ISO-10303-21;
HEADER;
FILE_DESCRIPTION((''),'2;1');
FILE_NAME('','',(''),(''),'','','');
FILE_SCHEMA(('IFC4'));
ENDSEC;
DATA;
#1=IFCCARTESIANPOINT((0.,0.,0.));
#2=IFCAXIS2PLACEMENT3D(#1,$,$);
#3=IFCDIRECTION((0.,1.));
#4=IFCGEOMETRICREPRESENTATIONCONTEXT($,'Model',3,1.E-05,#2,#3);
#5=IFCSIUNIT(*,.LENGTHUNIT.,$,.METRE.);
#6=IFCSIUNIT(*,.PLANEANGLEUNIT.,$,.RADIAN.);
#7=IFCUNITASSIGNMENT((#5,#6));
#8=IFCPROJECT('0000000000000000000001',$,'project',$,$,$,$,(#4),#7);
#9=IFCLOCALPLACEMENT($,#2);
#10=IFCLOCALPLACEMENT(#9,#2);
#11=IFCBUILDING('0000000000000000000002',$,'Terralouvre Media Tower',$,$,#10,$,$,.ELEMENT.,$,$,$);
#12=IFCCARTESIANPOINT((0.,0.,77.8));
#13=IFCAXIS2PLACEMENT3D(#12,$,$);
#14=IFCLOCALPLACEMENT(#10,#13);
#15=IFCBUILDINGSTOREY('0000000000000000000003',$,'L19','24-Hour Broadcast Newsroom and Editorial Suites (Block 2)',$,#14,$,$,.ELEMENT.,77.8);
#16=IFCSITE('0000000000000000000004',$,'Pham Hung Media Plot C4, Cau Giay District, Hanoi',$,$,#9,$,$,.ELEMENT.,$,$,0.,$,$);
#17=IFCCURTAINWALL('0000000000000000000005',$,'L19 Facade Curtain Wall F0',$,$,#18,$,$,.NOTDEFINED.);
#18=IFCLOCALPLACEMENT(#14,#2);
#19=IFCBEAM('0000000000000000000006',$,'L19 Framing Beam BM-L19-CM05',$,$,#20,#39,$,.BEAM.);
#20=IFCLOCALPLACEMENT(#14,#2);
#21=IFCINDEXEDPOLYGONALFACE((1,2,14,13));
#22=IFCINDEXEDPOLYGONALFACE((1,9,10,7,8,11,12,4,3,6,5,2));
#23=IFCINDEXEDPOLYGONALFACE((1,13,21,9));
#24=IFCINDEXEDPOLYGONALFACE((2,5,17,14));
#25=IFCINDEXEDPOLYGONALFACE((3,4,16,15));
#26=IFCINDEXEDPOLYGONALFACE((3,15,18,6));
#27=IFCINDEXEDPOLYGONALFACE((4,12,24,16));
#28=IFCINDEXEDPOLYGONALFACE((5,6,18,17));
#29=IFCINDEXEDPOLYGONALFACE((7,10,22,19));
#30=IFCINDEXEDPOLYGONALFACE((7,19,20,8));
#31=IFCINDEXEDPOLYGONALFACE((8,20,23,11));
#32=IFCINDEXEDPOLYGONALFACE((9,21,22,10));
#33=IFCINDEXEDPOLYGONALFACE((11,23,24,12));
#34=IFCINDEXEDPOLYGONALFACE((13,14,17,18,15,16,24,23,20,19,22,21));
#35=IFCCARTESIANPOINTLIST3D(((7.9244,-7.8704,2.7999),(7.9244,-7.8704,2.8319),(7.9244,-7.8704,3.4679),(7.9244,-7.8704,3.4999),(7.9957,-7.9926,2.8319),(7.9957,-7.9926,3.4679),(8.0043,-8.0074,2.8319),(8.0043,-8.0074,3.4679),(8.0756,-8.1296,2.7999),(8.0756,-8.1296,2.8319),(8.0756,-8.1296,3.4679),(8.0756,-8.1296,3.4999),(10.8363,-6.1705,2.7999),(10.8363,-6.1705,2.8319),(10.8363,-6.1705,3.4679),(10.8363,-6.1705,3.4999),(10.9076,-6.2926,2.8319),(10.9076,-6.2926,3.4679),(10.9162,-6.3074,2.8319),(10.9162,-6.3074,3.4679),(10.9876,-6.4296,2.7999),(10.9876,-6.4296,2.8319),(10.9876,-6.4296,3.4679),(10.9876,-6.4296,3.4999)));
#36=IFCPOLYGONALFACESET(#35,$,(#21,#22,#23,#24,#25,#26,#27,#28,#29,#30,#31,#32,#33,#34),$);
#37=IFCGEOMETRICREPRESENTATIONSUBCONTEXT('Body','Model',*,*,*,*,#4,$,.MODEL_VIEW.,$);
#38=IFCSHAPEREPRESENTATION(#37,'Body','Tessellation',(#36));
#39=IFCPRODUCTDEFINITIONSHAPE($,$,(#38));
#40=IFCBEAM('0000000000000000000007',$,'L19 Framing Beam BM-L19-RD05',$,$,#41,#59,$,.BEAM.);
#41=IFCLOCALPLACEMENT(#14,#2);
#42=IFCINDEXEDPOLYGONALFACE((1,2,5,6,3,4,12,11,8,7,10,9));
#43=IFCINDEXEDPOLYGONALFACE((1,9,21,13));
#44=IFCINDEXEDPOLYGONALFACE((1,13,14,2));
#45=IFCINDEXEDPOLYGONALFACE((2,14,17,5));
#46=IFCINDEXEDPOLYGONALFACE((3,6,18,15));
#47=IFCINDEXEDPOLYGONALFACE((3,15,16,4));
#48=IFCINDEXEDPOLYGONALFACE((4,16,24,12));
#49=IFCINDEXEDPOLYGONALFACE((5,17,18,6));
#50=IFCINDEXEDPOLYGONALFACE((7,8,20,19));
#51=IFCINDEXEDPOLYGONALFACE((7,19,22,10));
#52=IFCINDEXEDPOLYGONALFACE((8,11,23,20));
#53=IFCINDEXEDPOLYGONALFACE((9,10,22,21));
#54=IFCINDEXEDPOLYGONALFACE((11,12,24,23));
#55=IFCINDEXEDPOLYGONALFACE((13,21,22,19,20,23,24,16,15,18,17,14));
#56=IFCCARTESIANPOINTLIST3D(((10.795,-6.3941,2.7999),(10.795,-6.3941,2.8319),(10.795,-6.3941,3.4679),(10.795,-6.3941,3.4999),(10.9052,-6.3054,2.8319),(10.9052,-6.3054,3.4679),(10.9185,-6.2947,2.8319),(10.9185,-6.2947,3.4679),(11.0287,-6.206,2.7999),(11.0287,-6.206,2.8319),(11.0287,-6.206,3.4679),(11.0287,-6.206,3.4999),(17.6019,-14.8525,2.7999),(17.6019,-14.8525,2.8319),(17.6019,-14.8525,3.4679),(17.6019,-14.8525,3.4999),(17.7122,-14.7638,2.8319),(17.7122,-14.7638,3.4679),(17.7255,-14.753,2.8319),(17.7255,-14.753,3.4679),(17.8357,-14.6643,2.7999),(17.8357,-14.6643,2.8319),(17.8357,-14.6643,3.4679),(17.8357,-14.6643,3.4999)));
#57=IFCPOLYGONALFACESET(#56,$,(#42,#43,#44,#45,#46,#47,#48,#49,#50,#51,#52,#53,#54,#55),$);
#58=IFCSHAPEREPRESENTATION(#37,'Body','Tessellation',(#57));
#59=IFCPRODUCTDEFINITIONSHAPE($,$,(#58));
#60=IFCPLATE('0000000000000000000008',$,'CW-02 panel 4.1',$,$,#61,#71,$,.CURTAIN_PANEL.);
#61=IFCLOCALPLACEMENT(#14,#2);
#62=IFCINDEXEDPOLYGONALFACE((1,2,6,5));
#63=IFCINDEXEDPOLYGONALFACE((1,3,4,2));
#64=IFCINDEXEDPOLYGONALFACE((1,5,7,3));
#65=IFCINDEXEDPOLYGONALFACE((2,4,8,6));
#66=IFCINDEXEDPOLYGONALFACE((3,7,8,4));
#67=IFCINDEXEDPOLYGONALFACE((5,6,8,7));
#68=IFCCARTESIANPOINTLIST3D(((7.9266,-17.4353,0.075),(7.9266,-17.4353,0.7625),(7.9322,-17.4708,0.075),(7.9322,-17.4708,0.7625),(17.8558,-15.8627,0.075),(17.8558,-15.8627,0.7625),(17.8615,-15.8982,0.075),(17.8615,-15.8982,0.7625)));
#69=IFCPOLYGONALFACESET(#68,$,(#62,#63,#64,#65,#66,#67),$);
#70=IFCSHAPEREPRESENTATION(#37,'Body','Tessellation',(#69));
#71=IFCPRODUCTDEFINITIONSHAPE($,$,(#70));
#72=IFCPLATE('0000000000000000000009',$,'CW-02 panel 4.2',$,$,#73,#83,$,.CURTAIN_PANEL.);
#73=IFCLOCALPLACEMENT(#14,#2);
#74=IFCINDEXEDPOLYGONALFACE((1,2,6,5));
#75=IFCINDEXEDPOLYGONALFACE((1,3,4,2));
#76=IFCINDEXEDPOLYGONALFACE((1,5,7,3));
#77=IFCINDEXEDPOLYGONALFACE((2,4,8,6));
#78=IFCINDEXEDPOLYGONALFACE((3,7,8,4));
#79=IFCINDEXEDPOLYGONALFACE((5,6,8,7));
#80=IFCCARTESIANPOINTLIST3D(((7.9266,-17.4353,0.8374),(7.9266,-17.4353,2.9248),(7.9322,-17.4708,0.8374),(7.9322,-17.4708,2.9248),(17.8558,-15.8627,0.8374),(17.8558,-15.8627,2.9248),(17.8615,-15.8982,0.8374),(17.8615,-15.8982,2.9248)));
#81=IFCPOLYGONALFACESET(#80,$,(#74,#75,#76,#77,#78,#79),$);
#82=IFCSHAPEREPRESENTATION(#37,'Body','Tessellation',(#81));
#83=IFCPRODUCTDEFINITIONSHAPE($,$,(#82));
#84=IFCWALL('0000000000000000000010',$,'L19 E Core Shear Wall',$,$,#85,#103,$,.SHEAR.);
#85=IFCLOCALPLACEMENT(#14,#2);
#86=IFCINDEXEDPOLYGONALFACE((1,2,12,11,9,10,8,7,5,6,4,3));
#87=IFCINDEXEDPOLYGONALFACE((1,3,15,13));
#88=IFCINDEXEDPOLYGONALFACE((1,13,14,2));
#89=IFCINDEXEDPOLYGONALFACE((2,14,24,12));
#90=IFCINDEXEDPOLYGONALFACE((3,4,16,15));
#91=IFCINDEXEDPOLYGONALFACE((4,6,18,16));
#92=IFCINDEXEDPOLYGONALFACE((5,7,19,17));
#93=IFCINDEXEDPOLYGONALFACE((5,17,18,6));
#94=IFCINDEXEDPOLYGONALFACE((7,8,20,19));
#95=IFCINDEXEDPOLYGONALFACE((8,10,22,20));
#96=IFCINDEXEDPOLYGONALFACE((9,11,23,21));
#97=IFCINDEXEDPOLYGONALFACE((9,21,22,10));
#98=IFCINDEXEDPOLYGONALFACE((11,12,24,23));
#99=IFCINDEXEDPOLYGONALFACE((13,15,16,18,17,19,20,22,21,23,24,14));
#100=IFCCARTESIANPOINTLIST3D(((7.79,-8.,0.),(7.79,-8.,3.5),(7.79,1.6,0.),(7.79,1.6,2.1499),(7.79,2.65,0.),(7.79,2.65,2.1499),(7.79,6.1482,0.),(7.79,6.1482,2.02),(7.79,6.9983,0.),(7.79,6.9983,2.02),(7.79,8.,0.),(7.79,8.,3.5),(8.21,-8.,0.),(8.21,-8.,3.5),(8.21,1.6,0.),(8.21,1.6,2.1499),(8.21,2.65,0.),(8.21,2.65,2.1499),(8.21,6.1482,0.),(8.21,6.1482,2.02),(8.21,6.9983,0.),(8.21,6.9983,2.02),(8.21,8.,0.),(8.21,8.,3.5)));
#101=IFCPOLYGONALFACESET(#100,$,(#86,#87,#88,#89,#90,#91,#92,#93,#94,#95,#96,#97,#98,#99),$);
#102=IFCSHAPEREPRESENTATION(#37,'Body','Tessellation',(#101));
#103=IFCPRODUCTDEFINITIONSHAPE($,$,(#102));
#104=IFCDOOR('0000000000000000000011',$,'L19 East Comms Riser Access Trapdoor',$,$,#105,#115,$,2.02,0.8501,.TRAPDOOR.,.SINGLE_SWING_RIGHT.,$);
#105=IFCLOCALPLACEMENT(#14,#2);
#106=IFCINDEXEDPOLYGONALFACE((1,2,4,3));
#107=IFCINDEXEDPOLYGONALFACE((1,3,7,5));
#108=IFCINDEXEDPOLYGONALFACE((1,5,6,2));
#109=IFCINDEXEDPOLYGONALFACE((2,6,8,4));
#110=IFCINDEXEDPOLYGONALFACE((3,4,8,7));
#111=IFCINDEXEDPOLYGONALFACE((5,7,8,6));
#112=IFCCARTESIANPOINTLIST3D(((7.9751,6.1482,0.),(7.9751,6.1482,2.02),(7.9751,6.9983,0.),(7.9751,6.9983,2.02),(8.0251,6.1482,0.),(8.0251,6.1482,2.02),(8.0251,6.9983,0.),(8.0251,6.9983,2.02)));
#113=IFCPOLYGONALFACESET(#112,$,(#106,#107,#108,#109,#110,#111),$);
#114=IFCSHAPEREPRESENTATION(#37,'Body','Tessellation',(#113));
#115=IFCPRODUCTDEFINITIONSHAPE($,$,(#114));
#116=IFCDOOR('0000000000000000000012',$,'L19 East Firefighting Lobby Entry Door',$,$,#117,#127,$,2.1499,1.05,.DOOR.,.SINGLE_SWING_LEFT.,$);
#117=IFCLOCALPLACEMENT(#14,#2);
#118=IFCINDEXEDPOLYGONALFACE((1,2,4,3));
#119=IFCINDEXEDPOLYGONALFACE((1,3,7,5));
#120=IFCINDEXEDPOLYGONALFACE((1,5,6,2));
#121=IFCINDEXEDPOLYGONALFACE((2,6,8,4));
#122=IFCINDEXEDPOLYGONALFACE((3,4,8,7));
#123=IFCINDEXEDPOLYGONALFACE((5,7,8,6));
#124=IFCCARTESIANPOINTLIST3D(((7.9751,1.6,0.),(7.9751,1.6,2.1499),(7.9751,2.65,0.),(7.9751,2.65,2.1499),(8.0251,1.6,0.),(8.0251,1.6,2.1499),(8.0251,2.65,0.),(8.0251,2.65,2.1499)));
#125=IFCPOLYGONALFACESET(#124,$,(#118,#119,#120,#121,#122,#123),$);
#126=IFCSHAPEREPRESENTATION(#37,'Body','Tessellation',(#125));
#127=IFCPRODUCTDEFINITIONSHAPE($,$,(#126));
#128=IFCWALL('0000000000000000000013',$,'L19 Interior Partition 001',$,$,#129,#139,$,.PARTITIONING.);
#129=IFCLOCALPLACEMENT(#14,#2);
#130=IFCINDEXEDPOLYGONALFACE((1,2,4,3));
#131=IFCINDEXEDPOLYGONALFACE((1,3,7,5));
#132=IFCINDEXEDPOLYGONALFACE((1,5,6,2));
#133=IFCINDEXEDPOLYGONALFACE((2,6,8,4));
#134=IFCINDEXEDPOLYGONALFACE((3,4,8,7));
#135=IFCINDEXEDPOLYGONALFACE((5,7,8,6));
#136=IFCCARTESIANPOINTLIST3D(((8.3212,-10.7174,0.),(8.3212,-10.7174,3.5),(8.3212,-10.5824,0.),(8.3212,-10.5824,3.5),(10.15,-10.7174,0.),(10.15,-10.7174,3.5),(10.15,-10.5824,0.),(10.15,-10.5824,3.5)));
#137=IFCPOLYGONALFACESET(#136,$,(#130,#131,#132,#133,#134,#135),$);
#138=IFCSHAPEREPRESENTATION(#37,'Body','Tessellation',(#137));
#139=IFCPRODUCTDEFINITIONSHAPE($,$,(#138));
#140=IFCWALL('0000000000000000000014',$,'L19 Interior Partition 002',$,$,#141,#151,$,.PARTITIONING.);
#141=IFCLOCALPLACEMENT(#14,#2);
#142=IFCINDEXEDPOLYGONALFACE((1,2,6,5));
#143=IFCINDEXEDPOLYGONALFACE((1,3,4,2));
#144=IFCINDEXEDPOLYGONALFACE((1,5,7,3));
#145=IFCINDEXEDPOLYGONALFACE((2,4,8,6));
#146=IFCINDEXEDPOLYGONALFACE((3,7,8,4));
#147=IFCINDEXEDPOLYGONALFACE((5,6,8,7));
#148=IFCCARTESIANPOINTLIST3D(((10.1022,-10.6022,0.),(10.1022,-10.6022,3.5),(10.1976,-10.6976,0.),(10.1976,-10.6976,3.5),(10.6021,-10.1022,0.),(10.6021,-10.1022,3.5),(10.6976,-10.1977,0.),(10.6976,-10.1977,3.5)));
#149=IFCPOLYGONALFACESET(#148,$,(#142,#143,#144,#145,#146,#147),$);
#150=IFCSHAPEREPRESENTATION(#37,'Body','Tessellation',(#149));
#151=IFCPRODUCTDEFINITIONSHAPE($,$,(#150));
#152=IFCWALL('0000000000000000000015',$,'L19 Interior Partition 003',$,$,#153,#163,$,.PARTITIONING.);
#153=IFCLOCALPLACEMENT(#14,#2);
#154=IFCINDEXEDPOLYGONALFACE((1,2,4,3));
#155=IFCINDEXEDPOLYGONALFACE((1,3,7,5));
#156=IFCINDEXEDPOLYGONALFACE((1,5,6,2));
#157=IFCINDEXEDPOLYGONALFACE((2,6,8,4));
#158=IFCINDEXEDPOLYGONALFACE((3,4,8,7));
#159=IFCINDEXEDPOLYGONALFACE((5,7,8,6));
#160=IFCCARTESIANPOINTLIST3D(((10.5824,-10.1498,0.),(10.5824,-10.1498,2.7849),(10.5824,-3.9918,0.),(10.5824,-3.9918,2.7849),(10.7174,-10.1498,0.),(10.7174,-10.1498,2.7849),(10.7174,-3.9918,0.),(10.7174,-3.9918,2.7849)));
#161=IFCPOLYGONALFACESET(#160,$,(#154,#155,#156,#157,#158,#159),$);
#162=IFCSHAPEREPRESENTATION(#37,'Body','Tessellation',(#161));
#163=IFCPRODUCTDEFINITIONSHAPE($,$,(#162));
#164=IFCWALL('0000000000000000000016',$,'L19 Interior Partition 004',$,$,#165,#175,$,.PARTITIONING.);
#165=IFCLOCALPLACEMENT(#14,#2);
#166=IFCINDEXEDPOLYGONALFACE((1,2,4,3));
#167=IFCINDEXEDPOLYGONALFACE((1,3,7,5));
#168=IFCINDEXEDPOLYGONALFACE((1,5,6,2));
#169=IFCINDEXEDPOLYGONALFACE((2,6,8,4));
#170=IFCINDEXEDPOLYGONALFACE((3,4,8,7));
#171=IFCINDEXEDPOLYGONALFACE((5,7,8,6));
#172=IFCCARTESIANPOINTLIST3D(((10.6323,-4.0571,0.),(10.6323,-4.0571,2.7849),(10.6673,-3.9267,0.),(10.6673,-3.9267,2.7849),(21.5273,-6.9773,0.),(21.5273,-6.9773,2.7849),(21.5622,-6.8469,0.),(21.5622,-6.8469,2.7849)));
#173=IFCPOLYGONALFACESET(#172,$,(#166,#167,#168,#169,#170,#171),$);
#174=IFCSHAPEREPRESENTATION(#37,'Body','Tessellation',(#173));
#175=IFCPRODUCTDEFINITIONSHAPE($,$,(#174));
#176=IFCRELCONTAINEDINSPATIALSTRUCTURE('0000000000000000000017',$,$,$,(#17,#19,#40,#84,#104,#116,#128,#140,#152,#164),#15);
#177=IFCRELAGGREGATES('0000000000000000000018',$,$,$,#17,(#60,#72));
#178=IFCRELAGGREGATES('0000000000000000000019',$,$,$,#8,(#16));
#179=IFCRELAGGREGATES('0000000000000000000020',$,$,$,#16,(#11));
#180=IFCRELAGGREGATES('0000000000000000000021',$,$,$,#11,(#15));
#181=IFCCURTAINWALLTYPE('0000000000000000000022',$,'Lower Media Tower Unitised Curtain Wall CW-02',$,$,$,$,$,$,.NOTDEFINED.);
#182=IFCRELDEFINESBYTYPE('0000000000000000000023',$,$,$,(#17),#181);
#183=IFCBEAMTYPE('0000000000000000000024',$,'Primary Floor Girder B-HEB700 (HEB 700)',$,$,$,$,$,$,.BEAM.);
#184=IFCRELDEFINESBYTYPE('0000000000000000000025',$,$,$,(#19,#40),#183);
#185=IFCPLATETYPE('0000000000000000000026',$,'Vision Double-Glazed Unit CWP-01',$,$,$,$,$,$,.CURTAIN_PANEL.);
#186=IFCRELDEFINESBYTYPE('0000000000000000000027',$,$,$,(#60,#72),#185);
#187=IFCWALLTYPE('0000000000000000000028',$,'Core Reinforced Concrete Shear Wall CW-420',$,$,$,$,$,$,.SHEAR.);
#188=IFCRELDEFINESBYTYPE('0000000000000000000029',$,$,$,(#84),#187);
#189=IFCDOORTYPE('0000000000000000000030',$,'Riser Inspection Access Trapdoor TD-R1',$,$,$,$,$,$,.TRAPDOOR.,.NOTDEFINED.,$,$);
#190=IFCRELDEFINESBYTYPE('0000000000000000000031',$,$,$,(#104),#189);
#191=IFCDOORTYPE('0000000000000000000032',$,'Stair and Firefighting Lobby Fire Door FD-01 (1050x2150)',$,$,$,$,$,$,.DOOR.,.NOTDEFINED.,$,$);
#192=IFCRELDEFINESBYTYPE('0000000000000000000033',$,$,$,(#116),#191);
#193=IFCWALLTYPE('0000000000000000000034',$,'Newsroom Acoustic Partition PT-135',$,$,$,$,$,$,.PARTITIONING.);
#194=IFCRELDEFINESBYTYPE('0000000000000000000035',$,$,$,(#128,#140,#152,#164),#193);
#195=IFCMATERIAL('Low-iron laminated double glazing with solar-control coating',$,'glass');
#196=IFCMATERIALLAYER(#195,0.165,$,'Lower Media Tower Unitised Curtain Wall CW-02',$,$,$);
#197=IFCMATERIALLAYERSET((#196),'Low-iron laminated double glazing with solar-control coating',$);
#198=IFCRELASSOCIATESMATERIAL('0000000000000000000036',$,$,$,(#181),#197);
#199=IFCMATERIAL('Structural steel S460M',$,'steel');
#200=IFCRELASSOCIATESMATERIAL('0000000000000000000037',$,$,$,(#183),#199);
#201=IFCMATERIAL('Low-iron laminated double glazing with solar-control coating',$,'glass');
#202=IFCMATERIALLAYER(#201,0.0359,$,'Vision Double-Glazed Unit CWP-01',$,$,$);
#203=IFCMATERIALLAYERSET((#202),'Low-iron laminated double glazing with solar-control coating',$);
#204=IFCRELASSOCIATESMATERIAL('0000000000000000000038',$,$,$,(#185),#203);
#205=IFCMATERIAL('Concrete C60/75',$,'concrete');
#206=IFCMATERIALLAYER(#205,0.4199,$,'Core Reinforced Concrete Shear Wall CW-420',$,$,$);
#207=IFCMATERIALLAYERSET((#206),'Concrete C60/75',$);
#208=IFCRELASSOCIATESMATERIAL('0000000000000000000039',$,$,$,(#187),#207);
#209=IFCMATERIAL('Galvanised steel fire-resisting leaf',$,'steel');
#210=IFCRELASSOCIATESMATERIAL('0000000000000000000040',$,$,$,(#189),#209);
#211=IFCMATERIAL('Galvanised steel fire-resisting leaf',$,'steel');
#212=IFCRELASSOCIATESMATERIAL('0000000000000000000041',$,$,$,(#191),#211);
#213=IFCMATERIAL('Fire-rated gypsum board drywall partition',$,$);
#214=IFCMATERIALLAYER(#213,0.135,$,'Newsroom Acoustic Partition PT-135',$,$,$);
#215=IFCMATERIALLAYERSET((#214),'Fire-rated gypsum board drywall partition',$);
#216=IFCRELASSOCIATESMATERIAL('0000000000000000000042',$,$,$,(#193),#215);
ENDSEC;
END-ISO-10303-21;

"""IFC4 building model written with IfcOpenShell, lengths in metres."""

from ifc_helpers import new_model, si_unit, direction, frame, frame_2d, origin, origin_2d, place, context, subcontext, project, spatial, rectangle, i_section, extrude, material, layer, layer_set, material_profile, profile_set, type_object, element, fill, aggregate, save


model = new_model("IFC4")

# Units and contexts
model_context = context("Model", 3, precision=1e-05, world=origin(), true_north=direction((0.0, 1.0)))
body_context = subcontext(model_context, "Body", "Model", "MODEL_VIEW")
ifc_project = project(units=[si_unit("LENGTHUNIT", "METRE"), si_unit("PLANEANGLEUNIT", "RADIAN")], contexts=[model_context])

# Site, building, storey
site_placement = place(None, origin())
site = spatial("IfcSite", under=ifc_project, at=site_placement, Name="Pham Hung Media Plot C4, Cau Giay District, Hanoi", CompositionType="ELEMENT", RefElevation=0.0)
building_placement = place(site_placement, origin())
building = spatial("IfcBuilding", under=site, at=building_placement, Name="Terralouvre Media Tower", CompositionType="ELEMENT")
storey_placement = place(building_placement, frame((0.0, 0.0, 77.8)))
storey = spatial("IfcBuildingStorey", under=building, at=storey_placement, Name="L19", Description="24-Hour Broadcast Newsroom and Editorial Suites (Block 2)", CompositionType="ELEMENT", Elevation=77.8)

# Curtain wall
ifc_material_1 = material(Name="Low-iron laminated double glazing with solar-control coating", Category="glass")
ifc_layer_1 = layer(ifc_material_1, 0.165, Name="Lower Media Tower Unitised Curtain Wall CW-02")
ifc_layer_set_1 = layer_set([ifc_layer_1], Name="Low-iron laminated double glazing with solar-control coating")
curtain_wall_type = type_object("IfcCurtainWallType", Name="Lower Media Tower Unitised Curtain Wall CW-02", PredefinedType="NOTDEFINED", material=ifc_layer_set_1)
curtain_wall_placement = place(storey_placement, origin())
curtain_wall = element("IfcCurtainWall", 1, at=curtain_wall_placement, inside=storey, type_object=curtain_wall_type, Name="L19 Facade Curtain Wall F0", PredefinedType="NOTDEFINED")

# Beams
ifc_material_2 = material(Name="Structural steel S460M", Category="steel")
ifc_material_profile_1 = material_profile(ifc_material_2, i_section(OverallWidth=0.3, OverallDepth=0.7, WebThickness=0.0171, FlangeThickness=0.032, at=origin_2d()), Name="HEB 700")
ifc_profile_set_1 = profile_set([ifc_material_profile_1], Name="Structural steel S460M")
beam_type_1 = type_object("IfcBeamType", Name="Primary Floor Girder B-HEB700 (HEB 700)", PredefinedType="BEAM", material=ifc_profile_set_1)
for number, where, z_axis, x_axis, name in (
    (2, (8.0, -8.0, 3.1499), (0.863603, 0.504173, 0.0), (-0.504173, 0.863603, 0.0), "L19 Framing Beam BM-L19-CM05"),
):
    element("IfcBeam", number, at=place(storey_placement, frame(where, z_axis=z_axis, x_axis=x_axis)), inside=storey, type_object=beam_type_1, Name=name, PredefinedType="BEAM", context=body_context, shape_type="SweptSolid", body=[
        extrude(i_section(OverallWidth=0.3, OverallDepth=0.7, WebThickness=0.0171, FlangeThickness=0.032, at=origin_2d()), origin(), (0.0, 0.0, 1.0), 3.3718),
    ])
beam_1_placement = place(storey_placement, frame((10.9119, -6.3, 3.1499), z_axis=(0.626955, -0.779056, 0.0), x_axis=(0.779056, 0.626955, 0.0)))
element("IfcBeam", 3, at=beam_1_placement, inside=storey, type_object=beam_type_1, Name="L19 Framing Beam BM-L19-RD05", PredefinedType="BEAM", context=body_context, shape_type="SweptSolid", body=[
    extrude(i_section(OverallWidth=0.3, OverallDepth=0.7, WebThickness=0.0171, FlangeThickness=0.032, at=origin_2d()), origin(), (0.0, 0.0, 1.0), 10.8572),
])

# Plates
ifc_material_3 = material(Name="Low-iron laminated double glazing with solar-control coating", Category="glass")
ifc_layer_2 = layer(ifc_material_3, 0.0359, Name="Vision Double-Glazed Unit CWP-01")
ifc_layer_set_2 = layer_set([ifc_layer_2], Name="Low-iron laminated double glazing with solar-control coating")
plate_type = type_object("IfcPlateType", Name="Vision Double-Glazed Unit CWP-01", PredefinedType="CURTAIN_PANEL", material=ifc_layer_set_2)
plate_1_placement = place(storey_placement, frame((12.894, -16.6667, 0.075), z_axis=(0.0, 0.0, 1.0), x_axis=(0.987688, 0.156434, 0.0)))
plate_1 = element("IfcPlate", 4, at=plate_1_placement, type_object=plate_type, Name="CW-02 panel 4.1", PredefinedType="CURTAIN_PANEL", context=body_context, shape_type="SweptSolid", body=[
    extrude(rectangle(XDim=10.053, YDim=0.0359, at=origin_2d()), origin(), (0.0, 0.0, 1.0), 0.6875),
])
plate_2_placement = place(storey_placement, frame((12.894, -16.6667, 0.8374), z_axis=(0.0, 0.0, 1.0), x_axis=(0.987688, 0.156434, 0.0)))
plate_2 = element("IfcPlate", 5, at=plate_2_placement, type_object=plate_type, Name="CW-02 panel 4.2", PredefinedType="CURTAIN_PANEL", context=body_context, shape_type="SweptSolid", body=[
    extrude(rectangle(XDim=10.053, YDim=0.0359, at=origin_2d()), origin(), (0.0, 0.0, 1.0), 2.0874),
])
aggregate(curtain_wall, [plate_1, plate_2])

# Wall, openings, doors
ifc_material_4 = material(Name="Concrete C60/75", Category="concrete")
ifc_layer_3 = layer(ifc_material_4, 0.4199, Name="Core Reinforced Concrete Shear Wall CW-420")
ifc_layer_set_3 = layer_set([ifc_layer_3], Name="Concrete C60/75")
wall_type_1 = type_object("IfcWallType", Name="Core Reinforced Concrete Shear Wall CW-420", PredefinedType="SHEAR", material=ifc_layer_set_3)
wall_1_placement = place(storey_placement, frame((8.0, -8.0, 0.0), z_axis=(0.0, 0.0, 1.0), x_axis=(0.0, 1.0, 0.0)))
wall_1 = element("IfcWall", 6, at=wall_1_placement, inside=storey, type_object=wall_type_1, Name="L19 E Core Shear Wall", PredefinedType="SHEAR", context=body_context, shape_type="SweptSolid", body=[
    extrude(rectangle(XDim=16.0, YDim=0.4199, at=frame_2d((8.0, 0.0))), origin(), (0.0, 0.0, 1.0), 3.5),
])
opening_1_placement = place(wall_1_placement, frame((9.6001, 0.0, 0.0)))
opening_1 = element("IfcOpeningElement", 7, at=opening_1_placement, cuts=wall_1, PredefinedType="OPENING", context=body_context, shape_type="SweptSolid", body=[
    extrude(rectangle(XDim=1.05, YDim=2.1499, at=frame_2d((0.5249, 1.075))), frame((0.0, 0.22, 0.0), z_axis=(0.0, -1.0, 0.0), x_axis=(1.0, 0.0, 0.0)), (0.0, 0.0, 1.0), 0.4399),
])
opening_2_placement = place(wall_1_placement, frame((14.1482, 0.0, 0.0)))
opening_2 = element("IfcOpeningElement", 8, at=opening_2_placement, cuts=wall_1, PredefinedType="OPENING", context=body_context, shape_type="SweptSolid", body=[
    extrude(rectangle(XDim=0.8501, YDim=2.02, at=frame_2d((0.425, 1.01))), frame((0.0, 0.22, 0.0), z_axis=(0.0, -1.0, 0.0), x_axis=(1.0, 0.0, 0.0)), (0.0, 0.0, 1.0), 0.4399),
])
ifc_material_5 = material(Name="Galvanised steel fire-resisting leaf", Category="steel")
door_type_1 = type_object("IfcDoorType", Name="Riser Inspection Access Trapdoor TD-R1", OperationType="NOTDEFINED", PredefinedType="TRAPDOOR", material=ifc_material_5)
door_1_placement = place(opening_2_placement, origin())
door_1 = element("IfcDoor", 9, at=door_1_placement, inside=storey, type_object=door_type_1, Name="L19 East Comms Riser Access Trapdoor", OperationType="SINGLE_SWING_RIGHT", OverallHeight=2.02, OverallWidth=0.8501, PredefinedType="TRAPDOOR", context=body_context, shape_type="SweptSolid", body=[
    extrude(rectangle(XDim=0.8501, YDim=2.02, at=frame_2d((0.425, 1.01))), frame((0.0, 0.0249, 0.0), z_axis=(0.0, -1.0, 0.0), x_axis=(1.0, 0.0, 0.0)), (0.0, 0.0, 1.0), 0.05),
])
fill(opening_2, door_1)
ifc_material_6 = material(Name="Galvanised steel fire-resisting leaf", Category="steel")
door_type_2 = type_object("IfcDoorType", Name="Stair and Firefighting Lobby Fire Door FD-01 (1050x2150)", OperationType="NOTDEFINED", PredefinedType="DOOR", material=ifc_material_6)
door_2_placement = place(opening_1_placement, origin())
door_2 = element("IfcDoor", 10, at=door_2_placement, inside=storey, type_object=door_type_2, Name="L19 East Firefighting Lobby Entry Door", OperationType="SINGLE_SWING_LEFT", OverallHeight=2.1499, OverallWidth=1.05, PredefinedType="DOOR", context=body_context, shape_type="SweptSolid", body=[
    extrude(rectangle(XDim=1.05, YDim=2.1499, at=frame_2d((0.5249, 1.075))), frame((0.0, 0.0249, 0.0), z_axis=(0.0, -1.0, 0.0), x_axis=(1.0, 0.0, 0.0)), (0.0, 0.0, 1.0), 0.05),
])
fill(opening_1, door_2)

# Walls
ifc_material_7 = material(Name="Fire-rated gypsum board drywall partition")
ifc_layer_4 = layer(ifc_material_7, 0.135, Name="Newsroom Acoustic Partition PT-135")
ifc_layer_set_4 = layer_set([ifc_layer_4], Name="Fire-rated gypsum board drywall partition")
wall_type_2 = type_object("IfcWallType", Name="Newsroom Acoustic Partition PT-135", PredefinedType="PARTITIONING", material=ifc_layer_set_4)
wall_2_placement = place(storey_placement, frame((8.321, -10.6499, 0.0), z_axis=(0.0, 0.0, 1.0), x_axis=(1.0, 0.0, 0.0)))
element("IfcWall", 11, at=wall_2_placement, inside=storey, type_object=wall_type_2, Name="L19 Interior Partition 001", PredefinedType="PARTITIONING", context=body_context, shape_type="SweptSolid", body=[
    extrude(rectangle(XDim=1.8289, YDim=0.135, at=frame_2d((0.9146, 0.0))), origin(), (0.0, 0.0, 1.0), 3.5),
])
wall_3_placement = place(storey_placement, frame((10.1499, -10.6499, 0.0), z_axis=(0.0, 0.0, 1.0), x_axis=(0.707107, 0.707107, 0.0)))
element("IfcWall", 12, at=wall_3_placement, inside=storey, type_object=wall_type_2, Name="L19 Interior Partition 002", PredefinedType="PARTITIONING", context=body_context, shape_type="SweptSolid", body=[
    extrude(rectangle(XDim=0.707, YDim=0.135, at=frame_2d((0.3535, 0.0))), origin(), (0.0, 0.0, 1.0), 3.5),
])
wall_4_placement = place(storey_placement, frame((10.6499, -10.1499, 0.0), z_axis=(0.0, 0.0, 1.0), x_axis=(0.0, 1.0, 0.0)))
element("IfcWall", 13, at=wall_4_placement, inside=storey, type_object=wall_type_2, Name="L19 Interior Partition 003", PredefinedType="PARTITIONING", context=body_context, shape_type="SweptSolid", body=[
    extrude(rectangle(XDim=6.158, YDim=0.135, at=frame_2d((3.0791, 0.0))), origin(), (0.0, 0.0, 1.0), 2.7849),
])
wall_5_placement = place(storey_placement, frame((10.6499, -3.9919, 0.0), z_axis=(0.0, 0.0, 1.0), x_axis=(0.965907, -0.25889, 0.0)))
element("IfcWall", 14, at=wall_5_placement, inside=storey, type_object=wall_type_2, Name="L19 Interior Partition 004", PredefinedType="PARTITIONING", context=body_context, shape_type="SweptSolid", body=[
    extrude(rectangle(XDim=11.2795, YDim=0.135, at=frame_2d((5.6396, 0.0))), origin(), (0.0, 0.0, 1.0), 2.7849),
])

save(model, "model.ifc")
